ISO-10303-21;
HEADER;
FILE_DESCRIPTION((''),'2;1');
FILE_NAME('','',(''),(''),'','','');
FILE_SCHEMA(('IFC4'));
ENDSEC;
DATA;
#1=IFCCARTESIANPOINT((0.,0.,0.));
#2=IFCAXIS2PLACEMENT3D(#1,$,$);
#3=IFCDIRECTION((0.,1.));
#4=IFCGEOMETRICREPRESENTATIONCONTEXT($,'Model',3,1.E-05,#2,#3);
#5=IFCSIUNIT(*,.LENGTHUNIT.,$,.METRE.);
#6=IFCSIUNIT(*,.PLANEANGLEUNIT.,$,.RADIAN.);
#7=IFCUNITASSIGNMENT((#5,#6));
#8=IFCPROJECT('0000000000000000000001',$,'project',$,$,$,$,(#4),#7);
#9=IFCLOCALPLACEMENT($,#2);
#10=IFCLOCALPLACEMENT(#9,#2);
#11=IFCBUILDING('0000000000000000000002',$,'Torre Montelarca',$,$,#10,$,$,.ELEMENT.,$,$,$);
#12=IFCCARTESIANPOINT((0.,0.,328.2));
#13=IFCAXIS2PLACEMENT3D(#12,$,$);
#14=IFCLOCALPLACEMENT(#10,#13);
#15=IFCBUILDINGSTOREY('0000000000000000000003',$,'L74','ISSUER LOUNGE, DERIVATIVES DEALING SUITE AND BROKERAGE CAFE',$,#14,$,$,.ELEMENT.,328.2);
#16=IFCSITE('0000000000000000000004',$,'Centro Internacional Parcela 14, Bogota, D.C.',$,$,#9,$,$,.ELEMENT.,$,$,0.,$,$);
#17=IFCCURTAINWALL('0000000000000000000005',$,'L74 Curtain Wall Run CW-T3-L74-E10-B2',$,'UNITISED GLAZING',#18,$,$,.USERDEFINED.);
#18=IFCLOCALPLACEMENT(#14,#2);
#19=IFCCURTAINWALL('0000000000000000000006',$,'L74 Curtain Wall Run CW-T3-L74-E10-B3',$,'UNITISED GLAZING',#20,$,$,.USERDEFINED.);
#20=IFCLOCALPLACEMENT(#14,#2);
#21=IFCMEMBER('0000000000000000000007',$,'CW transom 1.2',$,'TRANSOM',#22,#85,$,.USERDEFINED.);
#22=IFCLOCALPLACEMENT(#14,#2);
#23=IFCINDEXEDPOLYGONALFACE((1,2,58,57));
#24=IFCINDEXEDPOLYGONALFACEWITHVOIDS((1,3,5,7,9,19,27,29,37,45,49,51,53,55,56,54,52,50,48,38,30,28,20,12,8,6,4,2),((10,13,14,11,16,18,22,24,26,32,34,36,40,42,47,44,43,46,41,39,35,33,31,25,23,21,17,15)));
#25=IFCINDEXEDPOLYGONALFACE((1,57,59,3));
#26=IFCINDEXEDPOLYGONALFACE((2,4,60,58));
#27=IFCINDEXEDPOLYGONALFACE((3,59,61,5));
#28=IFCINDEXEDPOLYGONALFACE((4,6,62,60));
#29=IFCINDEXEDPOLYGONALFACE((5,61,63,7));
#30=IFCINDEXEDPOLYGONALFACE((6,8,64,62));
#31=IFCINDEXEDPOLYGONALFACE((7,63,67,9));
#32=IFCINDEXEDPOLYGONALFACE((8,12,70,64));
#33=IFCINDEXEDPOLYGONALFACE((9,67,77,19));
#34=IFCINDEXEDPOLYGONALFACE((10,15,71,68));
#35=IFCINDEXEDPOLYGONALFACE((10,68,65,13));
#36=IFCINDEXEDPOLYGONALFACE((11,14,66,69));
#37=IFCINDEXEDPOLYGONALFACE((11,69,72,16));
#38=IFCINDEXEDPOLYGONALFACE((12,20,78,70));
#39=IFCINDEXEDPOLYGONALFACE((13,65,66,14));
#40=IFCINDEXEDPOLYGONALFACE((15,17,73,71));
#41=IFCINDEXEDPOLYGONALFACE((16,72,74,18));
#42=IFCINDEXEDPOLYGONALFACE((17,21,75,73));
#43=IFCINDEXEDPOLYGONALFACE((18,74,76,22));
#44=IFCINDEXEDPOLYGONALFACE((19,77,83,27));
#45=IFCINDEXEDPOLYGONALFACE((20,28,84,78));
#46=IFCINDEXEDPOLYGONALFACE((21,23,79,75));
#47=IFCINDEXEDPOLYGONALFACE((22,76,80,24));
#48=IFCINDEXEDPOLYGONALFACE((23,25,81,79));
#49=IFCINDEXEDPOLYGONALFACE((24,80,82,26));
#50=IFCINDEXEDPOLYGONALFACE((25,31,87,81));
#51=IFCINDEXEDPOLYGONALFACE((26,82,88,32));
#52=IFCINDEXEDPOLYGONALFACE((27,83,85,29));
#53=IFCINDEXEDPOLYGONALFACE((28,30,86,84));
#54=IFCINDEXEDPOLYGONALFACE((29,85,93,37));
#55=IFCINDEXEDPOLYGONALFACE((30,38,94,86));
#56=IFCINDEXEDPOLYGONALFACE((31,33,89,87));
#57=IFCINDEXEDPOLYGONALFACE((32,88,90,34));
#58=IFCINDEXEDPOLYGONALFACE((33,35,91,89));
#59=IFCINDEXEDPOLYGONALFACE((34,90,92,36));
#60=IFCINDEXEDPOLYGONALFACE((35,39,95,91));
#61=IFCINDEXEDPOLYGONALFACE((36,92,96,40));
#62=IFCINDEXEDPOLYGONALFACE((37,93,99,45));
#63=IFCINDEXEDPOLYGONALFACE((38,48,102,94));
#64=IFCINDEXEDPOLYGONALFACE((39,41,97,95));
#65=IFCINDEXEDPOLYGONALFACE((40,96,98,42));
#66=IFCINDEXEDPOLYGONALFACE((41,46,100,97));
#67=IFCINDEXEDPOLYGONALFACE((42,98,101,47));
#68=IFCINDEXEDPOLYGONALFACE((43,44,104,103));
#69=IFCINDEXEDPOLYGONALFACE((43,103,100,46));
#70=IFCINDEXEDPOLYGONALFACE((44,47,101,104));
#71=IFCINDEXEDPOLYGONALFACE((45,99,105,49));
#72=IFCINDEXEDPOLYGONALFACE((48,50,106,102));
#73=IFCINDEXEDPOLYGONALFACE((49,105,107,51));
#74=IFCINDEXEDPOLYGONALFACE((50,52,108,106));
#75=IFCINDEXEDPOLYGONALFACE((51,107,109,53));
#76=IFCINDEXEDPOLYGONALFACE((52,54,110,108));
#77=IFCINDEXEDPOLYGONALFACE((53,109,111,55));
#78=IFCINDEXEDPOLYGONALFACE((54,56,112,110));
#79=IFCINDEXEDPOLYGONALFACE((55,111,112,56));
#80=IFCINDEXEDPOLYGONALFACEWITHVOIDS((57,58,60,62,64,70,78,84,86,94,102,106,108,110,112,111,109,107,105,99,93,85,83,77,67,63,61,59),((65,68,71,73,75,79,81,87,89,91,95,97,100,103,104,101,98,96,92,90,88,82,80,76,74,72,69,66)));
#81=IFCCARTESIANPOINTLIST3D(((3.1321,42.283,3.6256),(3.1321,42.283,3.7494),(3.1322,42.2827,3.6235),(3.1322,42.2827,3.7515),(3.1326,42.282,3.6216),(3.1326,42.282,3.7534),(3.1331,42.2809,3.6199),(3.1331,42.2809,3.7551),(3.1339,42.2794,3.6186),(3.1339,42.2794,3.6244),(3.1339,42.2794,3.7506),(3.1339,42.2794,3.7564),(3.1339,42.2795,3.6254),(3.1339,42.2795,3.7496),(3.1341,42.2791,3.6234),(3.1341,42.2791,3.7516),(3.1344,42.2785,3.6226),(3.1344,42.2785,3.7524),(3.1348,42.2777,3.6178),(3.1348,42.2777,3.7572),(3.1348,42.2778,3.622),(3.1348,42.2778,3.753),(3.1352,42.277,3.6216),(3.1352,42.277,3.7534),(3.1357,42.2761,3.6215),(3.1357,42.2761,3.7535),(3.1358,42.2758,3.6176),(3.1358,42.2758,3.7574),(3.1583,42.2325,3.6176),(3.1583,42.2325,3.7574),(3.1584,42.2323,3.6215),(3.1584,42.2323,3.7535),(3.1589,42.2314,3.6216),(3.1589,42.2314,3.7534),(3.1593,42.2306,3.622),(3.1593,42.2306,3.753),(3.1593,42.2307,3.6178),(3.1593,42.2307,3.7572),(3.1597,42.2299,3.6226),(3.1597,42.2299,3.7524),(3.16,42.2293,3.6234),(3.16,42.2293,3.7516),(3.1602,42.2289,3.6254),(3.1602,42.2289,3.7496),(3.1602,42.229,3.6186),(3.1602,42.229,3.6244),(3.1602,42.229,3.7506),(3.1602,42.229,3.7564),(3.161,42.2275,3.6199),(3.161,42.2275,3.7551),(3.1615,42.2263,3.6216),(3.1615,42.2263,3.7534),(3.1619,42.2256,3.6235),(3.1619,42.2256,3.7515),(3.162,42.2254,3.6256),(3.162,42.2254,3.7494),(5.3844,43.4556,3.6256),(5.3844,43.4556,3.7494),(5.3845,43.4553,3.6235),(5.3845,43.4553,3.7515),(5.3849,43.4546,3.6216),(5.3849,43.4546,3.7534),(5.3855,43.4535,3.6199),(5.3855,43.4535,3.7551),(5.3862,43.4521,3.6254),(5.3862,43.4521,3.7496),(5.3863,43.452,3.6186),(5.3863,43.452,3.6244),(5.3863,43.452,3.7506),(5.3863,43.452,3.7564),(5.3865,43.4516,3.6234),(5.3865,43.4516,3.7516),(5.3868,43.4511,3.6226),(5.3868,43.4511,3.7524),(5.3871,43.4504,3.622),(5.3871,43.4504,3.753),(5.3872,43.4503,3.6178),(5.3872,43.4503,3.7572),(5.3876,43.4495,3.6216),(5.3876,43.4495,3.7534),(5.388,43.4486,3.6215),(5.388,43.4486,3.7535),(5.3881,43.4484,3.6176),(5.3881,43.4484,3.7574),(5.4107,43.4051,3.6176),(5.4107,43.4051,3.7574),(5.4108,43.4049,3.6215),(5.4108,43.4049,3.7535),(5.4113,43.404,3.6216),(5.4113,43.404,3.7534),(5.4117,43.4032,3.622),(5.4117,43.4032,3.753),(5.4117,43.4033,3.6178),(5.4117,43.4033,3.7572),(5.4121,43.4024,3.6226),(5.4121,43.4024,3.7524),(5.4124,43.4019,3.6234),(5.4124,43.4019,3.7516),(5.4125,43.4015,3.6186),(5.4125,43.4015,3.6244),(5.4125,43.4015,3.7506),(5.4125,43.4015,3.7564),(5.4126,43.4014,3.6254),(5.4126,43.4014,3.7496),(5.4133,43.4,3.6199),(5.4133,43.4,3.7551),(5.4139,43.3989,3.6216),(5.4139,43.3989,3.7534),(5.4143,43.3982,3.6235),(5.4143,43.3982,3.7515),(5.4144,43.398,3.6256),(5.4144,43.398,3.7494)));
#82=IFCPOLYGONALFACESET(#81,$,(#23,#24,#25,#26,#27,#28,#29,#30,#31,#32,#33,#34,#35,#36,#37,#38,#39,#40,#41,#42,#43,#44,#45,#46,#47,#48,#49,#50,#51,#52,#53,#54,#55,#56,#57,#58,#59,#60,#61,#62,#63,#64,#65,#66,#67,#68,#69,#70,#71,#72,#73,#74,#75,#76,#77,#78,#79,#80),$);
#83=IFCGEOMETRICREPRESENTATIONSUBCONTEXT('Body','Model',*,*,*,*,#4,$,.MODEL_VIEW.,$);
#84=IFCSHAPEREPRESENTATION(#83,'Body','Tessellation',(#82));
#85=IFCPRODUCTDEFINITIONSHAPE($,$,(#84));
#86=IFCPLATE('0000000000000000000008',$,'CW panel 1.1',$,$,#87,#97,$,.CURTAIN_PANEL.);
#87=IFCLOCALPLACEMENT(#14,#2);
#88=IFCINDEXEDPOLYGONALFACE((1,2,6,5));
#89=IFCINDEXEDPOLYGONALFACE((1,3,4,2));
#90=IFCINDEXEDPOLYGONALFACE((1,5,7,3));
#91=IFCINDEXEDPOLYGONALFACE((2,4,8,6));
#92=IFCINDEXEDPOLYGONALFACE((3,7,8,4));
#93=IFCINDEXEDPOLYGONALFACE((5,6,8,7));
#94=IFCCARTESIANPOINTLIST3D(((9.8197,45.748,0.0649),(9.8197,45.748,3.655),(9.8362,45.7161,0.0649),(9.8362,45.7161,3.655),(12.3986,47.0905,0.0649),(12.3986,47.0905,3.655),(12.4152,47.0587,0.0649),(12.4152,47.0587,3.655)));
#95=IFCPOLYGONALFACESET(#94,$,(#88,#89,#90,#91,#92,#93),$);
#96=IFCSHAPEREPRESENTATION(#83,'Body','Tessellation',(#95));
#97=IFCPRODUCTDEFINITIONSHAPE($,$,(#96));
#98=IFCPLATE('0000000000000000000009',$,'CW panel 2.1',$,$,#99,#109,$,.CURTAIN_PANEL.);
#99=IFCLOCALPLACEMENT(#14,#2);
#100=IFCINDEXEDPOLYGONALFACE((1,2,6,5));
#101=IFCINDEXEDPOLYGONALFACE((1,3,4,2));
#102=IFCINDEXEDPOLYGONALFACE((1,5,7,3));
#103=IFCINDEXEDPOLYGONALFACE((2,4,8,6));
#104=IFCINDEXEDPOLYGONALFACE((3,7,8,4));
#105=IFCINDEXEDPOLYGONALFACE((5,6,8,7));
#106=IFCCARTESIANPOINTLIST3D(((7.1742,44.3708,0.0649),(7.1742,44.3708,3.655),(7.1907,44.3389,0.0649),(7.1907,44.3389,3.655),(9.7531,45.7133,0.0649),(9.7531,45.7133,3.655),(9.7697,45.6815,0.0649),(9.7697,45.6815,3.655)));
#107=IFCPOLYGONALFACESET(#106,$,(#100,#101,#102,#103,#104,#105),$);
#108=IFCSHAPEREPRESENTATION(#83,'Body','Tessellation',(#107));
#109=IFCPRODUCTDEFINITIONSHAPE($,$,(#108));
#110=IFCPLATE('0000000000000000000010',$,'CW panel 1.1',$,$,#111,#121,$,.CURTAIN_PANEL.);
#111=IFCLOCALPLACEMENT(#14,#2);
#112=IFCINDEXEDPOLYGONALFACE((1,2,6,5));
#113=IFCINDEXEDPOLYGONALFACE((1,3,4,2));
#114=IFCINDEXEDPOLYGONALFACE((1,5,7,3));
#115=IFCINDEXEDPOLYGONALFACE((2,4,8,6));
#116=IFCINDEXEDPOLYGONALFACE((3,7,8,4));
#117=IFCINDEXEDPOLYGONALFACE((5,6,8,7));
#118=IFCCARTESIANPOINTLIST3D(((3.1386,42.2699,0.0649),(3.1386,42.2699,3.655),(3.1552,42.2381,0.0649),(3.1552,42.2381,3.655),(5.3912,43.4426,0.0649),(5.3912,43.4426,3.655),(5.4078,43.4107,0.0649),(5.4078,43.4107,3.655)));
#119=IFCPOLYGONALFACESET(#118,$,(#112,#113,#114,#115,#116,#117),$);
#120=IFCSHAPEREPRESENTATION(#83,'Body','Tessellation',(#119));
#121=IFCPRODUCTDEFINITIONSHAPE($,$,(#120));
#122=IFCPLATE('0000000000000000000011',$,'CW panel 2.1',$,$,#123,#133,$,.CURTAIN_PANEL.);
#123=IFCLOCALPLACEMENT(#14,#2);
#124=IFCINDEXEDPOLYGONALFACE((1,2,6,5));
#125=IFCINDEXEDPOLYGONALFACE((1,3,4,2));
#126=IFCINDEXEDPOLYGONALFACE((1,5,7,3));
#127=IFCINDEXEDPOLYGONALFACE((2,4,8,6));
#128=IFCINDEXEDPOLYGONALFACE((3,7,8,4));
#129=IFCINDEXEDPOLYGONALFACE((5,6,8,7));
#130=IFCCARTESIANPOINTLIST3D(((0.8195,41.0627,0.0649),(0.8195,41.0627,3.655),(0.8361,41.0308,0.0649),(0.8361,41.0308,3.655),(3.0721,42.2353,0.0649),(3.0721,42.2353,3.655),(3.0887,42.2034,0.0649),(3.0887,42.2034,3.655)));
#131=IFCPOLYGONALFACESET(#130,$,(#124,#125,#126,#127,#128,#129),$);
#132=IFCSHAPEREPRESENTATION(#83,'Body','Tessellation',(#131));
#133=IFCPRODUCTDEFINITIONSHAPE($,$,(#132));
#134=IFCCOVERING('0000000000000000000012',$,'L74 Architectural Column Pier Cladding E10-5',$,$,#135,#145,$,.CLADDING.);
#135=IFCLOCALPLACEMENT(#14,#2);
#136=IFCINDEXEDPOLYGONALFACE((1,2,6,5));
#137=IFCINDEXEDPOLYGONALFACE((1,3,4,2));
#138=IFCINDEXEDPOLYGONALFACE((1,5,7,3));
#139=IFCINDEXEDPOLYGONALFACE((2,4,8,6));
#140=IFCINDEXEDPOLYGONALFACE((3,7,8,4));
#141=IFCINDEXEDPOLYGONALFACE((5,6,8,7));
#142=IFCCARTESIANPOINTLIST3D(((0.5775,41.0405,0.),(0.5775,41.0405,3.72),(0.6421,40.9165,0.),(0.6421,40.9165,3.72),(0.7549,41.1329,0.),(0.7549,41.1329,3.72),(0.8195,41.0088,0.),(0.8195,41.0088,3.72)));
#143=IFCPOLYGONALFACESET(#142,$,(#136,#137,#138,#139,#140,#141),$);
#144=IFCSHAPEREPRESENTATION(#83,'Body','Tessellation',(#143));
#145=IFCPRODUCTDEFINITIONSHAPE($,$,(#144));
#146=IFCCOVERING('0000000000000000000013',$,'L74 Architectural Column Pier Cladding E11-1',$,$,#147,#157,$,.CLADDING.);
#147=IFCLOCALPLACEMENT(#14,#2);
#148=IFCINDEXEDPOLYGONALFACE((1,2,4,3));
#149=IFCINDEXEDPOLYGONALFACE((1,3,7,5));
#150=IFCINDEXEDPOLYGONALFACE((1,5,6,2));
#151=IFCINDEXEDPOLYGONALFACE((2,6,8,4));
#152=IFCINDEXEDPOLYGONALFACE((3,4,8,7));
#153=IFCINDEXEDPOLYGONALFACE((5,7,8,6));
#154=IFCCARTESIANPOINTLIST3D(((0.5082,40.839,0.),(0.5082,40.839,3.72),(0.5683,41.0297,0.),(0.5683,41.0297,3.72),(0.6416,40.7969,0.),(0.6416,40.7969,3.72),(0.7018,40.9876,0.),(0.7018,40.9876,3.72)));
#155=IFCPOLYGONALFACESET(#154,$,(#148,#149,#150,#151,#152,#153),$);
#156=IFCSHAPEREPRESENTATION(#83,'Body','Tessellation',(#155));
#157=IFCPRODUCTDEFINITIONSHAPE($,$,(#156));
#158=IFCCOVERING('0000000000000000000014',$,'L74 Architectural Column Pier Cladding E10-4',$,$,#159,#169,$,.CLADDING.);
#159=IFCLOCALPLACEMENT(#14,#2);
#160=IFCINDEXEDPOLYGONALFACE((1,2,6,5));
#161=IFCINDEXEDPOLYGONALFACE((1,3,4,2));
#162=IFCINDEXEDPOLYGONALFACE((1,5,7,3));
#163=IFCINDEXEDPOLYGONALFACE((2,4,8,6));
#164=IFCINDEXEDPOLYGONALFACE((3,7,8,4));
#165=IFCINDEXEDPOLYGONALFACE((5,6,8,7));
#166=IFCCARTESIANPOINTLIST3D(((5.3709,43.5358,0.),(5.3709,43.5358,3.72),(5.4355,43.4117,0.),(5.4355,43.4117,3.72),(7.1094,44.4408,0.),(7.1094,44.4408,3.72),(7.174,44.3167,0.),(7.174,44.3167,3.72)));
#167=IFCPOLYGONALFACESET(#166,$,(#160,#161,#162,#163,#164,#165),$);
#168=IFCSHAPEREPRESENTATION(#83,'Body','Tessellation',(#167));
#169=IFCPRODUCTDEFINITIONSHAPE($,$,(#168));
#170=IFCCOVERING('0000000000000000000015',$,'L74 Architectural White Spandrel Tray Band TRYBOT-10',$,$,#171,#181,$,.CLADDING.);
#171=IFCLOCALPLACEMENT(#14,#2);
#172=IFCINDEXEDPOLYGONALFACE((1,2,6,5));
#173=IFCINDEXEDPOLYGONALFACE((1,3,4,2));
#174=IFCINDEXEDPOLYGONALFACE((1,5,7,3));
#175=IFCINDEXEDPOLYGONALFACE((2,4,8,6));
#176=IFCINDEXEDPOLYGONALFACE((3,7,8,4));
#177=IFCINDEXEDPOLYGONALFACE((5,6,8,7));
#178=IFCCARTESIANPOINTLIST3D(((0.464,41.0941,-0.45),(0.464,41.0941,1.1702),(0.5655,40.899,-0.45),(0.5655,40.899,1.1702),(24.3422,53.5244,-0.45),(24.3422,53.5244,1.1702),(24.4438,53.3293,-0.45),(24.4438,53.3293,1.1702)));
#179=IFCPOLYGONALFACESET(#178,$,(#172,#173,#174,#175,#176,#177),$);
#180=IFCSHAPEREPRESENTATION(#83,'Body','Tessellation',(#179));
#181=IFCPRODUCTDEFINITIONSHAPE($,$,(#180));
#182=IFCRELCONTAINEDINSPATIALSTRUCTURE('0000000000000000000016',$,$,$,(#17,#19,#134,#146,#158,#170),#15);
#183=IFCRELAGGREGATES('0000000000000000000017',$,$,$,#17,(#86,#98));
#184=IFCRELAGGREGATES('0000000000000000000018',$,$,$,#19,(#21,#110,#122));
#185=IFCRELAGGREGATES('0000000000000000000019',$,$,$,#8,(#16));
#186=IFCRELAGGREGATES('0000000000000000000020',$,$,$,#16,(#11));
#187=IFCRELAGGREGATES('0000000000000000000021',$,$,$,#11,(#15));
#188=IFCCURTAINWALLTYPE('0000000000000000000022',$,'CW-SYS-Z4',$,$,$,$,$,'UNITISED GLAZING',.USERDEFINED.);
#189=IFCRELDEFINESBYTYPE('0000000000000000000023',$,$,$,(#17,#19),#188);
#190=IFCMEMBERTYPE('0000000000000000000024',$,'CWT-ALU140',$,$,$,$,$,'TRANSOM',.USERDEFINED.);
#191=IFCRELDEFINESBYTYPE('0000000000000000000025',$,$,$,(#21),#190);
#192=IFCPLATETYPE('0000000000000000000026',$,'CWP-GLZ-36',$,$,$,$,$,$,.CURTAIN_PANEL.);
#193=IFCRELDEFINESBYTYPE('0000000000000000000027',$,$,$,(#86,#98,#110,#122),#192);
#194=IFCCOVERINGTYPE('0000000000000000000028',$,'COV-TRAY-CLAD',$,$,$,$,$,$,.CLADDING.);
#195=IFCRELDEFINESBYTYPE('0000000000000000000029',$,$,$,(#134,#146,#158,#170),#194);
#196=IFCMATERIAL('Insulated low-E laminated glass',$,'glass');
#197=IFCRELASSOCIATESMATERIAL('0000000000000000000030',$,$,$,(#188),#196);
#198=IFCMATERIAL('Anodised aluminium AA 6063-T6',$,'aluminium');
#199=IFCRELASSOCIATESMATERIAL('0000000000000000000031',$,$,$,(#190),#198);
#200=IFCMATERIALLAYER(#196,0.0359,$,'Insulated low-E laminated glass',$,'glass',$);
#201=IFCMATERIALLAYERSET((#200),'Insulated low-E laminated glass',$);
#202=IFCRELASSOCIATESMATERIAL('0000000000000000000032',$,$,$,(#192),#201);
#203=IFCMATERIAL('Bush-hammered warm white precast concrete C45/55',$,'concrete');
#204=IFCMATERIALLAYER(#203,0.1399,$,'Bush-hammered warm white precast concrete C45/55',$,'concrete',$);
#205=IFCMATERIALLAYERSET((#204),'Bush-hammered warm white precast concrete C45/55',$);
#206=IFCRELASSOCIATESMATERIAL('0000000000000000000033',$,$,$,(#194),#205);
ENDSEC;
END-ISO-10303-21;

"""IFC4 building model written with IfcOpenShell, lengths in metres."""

from ifc_helpers import new_model, si_unit, direction, frame, origin, origin_2d, place, context, subcontext, project, spatial, rectangle, hollow_rectangle, extrude, source, transform, mapped, material, layer, layer_set, material_profile, profile_set, type_object, element, aggregate, save


model = new_model("IFC4")

# Units and contexts
model_context = context("Model", 3, precision=1e-05, world=origin(), true_north=direction((0.0, 1.0)))
body_context = subcontext(model_context, "Body", "Model", "MODEL_VIEW")
ifc_project = project(units=[si_unit("LENGTHUNIT", "METRE"), si_unit("PLANEANGLEUNIT", "RADIAN")], contexts=[model_context])

# Site, building, storey
site_placement = place(None, origin())
site = spatial("IfcSite", under=ifc_project, at=site_placement, Name="Centro Internacional Parcela 14, Bogota, D.C.", CompositionType="ELEMENT", RefElevation=0.0)
building_placement = place(site_placement, origin())
building = spatial("IfcBuilding", under=site, at=building_placement, Name="Torre Montelarca", CompositionType="ELEMENT")
storey_placement = place(building_placement, frame((0.0, 0.0, 328.2)))
storey = spatial("IfcBuildingStorey", under=building, at=storey_placement, Name="L74", Description="ISSUER LOUNGE, DERIVATIVES DEALING SUITE AND BROKERAGE CAFE", CompositionType="ELEMENT", Elevation=328.2)

# Curtain walls
ifc_material_1 = material(Name="Insulated low-E laminated glass", Category="glass")
curtain_wall_type = type_object("IfcCurtainWallType", Name="CW-SYS-Z4", ElementType="UNITISED GLAZING", PredefinedType="USERDEFINED", material=ifc_material_1)
curtain_wall_1_placement = place(storey_placement, origin())
curtain_wall_1 = element("IfcCurtainWall", 1, at=curtain_wall_1_placement, inside=storey, type_object=curtain_wall_type, Name="L74 Curtain Wall Run CW-T3-L74-E10-B2", ObjectType="UNITISED GLAZING", PredefinedType="USERDEFINED")
ifc_material_2 = material(Name="Anodised aluminium AA 6063-T6", Category="aluminium")
curtain_wall_2_placement = place(storey_placement, origin())
curtain_wall_2 = element("IfcCurtainWall", 2, at=curtain_wall_2_placement, inside=storey, type_object=curtain_wall_type, Name="L74 Curtain Wall Run CW-T3-L74-E10-B3", ObjectType="UNITISED GLAZING", PredefinedType="USERDEFINED")
ifc_material_profile_1 = material_profile(ifc_material_2, hollow_rectangle(XDim=0.0649, YDim=0.1399, WallThickness=0.0039, InnerFilletRadius=0.0039, OuterFilletRadius=0.0081, at=origin_2d()), Name="ALU65X140X4", Category="aluminium")
ifc_profile_set_1 = profile_set([ifc_material_profile_1], Name="Anodised aluminium AA 6063-T6")
member_type_1 = type_object("IfcMemberType", Name="CWT-ALU140", ElementType="TRANSOM", PredefinedType="USERDEFINED", material=ifc_profile_set_1)

# Member
shared_shape_1 = source(origin(), body_context, "Body", "SweptSolid", [
    extrude(hollow_rectangle(XDim=0.0649, YDim=0.1399, WallThickness=0.0039, InnerFilletRadius=0.0039, OuterFilletRadius=0.0081, at=origin_2d()), origin(), (0.0, 0.0, 1.0), 2.5393),
])
member_1_placement = place(storey_placement, frame((5.3994, 43.4268, 3.6875), z_axis=(-0.887001, -0.461767, 0.0), x_axis=(0.461767, -0.887001, 0.0)))
member_1 = element("IfcMember", 3, at=member_1_placement, type_object=member_type_1, Name="CW transom 1.2", ObjectType="TRANSOM", PredefinedType="USERDEFINED", context=body_context, shape_type="MappedRepresentation", body=[
    mapped(shared_shape_1, transform((0.0, 0.0, 0.0), scale=1.0)),
])

# Plates
ifc_layer_1 = layer(ifc_material_1, 0.0359, Name="Insulated low-E laminated glass", Category="glass")
ifc_layer_set_1 = layer_set([ifc_layer_1], Name="Insulated low-E laminated glass")
plate_type = type_object("IfcPlateType", Name="CWP-GLZ-36", PredefinedType="CURTAIN_PANEL", material=ifc_layer_set_1)
shared_shape_2 = source(origin(), body_context, "Body", "SweptSolid", [
    extrude(rectangle(XDim=2.9075, YDim=0.0359, at=origin_2d()), origin(), (0.0, 0.0, 1.0), 3.5901),
])
plate_1_placement = place(storey_placement, frame((11.1174, 46.4033, 0.0649), z_axis=(0.0, 0.0, 1.0), x_axis=(-0.887007, -0.461757, 0.0)))
plate_1 = element("IfcPlate", 4, at=plate_1_placement, type_object=plate_type, Name="CW panel 1.1", PredefinedType="CURTAIN_PANEL", context=body_context, shape_type="MappedRepresentation", body=[
    mapped(shared_shape_2, transform((0.0, 0.0, 0.0), scale=1.0)),
])
plate_2_placement = place(storey_placement, frame((8.4719, 45.0261, 0.0649), z_axis=(0.0, 0.0, 1.0), x_axis=(-0.887007, -0.461757, 0.0)))
plate_2 = element("IfcPlate", 5, at=plate_2_placement, type_object=plate_type, Name="CW panel 2.1", PredefinedType="CURTAIN_PANEL", context=body_context, shape_type="MappedRepresentation", body=[
    mapped(shared_shape_2, transform((0.0, 0.0, 0.0), scale=1.0)),
])
aggregate(curtain_wall_1, [plate_1, plate_2])
shared_shape_3 = source(origin(), body_context, "Body", "SweptSolid", [
    extrude(rectangle(XDim=2.5396, YDim=0.0359, at=origin_2d()), origin(), (0.0, 0.0, 1.0), 3.5901),
])
plate_3_placement = place(storey_placement, frame((4.2732, 42.8403, 0.0649), z_axis=(0.0, 0.0, 1.0), x_axis=(-0.887016, -0.461739, 0.0)))
plate_3 = element("IfcPlate", 6, at=plate_3_placement, type_object=plate_type, Name="CW panel 1.1", PredefinedType="CURTAIN_PANEL", context=body_context, shape_type="MappedRepresentation", body=[
    mapped(shared_shape_3, transform((0.0, 0.0, 0.0), scale=1.0)),
])
plate_4_placement = place(storey_placement, frame((1.9541, 41.6331, 0.0649), z_axis=(0.0, 0.0, 1.0), x_axis=(-0.887016, -0.461739, 0.0)))
plate_4 = element("IfcPlate", 7, at=plate_4_placement, type_object=plate_type, Name="CW panel 2.1", PredefinedType="CURTAIN_PANEL", context=body_context, shape_type="MappedRepresentation", body=[
    mapped(shared_shape_3, transform((0.0, 0.0, 0.0), scale=1.0)),
])
aggregate(curtain_wall_2, [member_1, plate_3, plate_4])

# Coverings
ifc_material_3 = material(Name="Bush-hammered warm white precast concrete C45/55", Category="concrete")
ifc_layer_2 = layer(ifc_material_3, 0.1399, Name="Bush-hammered warm white precast concrete C45/55", Category="concrete")
ifc_layer_set_2 = layer_set([ifc_layer_2], Name="Bush-hammered warm white precast concrete C45/55")
covering_type = type_object("IfcCoveringType", Name="COV-TRAY-CLAD", PredefinedType="CLADDING", material=ifc_layer_set_2)
shared_shape_4 = source(origin(), body_context, "Body", "SweptSolid", [
    extrude(rectangle(XDim=0.2, YDim=0.1399, at=origin_2d()), origin(), (0.0, 0.0, 1.0), 3.72),
])
for number, where, z_axis, x_axis, name in (
    (8, (0.6985, 41.0247, 0.0), (0.0, 0.0, 1.0), (-0.887011, -0.461749, 0.0), "L74 Architectural Column Pier Cladding E10-5"),
    (9, (0.605, 40.9133, 0.0), (0.0, 0.0, 1.0), (-0.300701, -0.953719, 0.0), "L74 Architectural Column Pier Cladding E11-1"),
):
    element("IfcCovering", number, at=place(storey_placement, frame(where, z_axis=z_axis, x_axis=x_axis)), inside=storey, type_object=covering_type, Name=name, PredefinedType="CLADDING", context=body_context, shape_type="MappedRepresentation", body=[
        mapped(shared_shape_4, transform((0.0, 0.0, 0.0), scale=1.0)),
    ])
shared_shape_5 = source(origin(), body_context, "Body", "SweptSolid", [
    extrude(rectangle(XDim=1.96, YDim=0.1399, at=origin_2d()), origin(), (0.0, 0.0, 1.0), 3.72),
])
covering_1_placement = place(storey_placement, frame((6.2725, 43.9263, 0.0), z_axis=(0.0, 0.0, 1.0), x_axis=(-0.887011, -0.461749, 0.0)))
element("IfcCovering", 10, at=covering_1_placement, inside=storey, type_object=covering_type, Name="L74 Architectural Column Pier Cladding E10-4", PredefinedType="CLADDING", context=body_context, shape_type="MappedRepresentation", body=[
    mapped(shared_shape_5, transform((0.0, 0.0, 0.0), scale=1.0)),
])
shared_shape_6 = source(origin(), body_context, "Body", "SweptSolid", [
    extrude(rectangle(XDim=26.9199, YDim=0.22, at=origin_2d()), origin(), (0.0, 0.0, 1.0), 1.6201),
])
covering_2_placement = place(storey_placement, frame((12.4539, 47.2117, -0.45), z_axis=(0.0, 0.0, 1.0), x_axis=(-0.88701, -0.46175, 0.0)))
element("IfcCovering", 11, at=covering_2_placement, inside=storey, type_object=covering_type, Name="L74 Architectural White Spandrel Tray Band TRYBOT-10", PredefinedType="CLADDING", context=body_context, shape_type="MappedRepresentation", body=[
    mapped(shared_shape_6, transform((0.0, 0.0, 0.0), scale=1.0)),
])

save(model, "model.ifc")
